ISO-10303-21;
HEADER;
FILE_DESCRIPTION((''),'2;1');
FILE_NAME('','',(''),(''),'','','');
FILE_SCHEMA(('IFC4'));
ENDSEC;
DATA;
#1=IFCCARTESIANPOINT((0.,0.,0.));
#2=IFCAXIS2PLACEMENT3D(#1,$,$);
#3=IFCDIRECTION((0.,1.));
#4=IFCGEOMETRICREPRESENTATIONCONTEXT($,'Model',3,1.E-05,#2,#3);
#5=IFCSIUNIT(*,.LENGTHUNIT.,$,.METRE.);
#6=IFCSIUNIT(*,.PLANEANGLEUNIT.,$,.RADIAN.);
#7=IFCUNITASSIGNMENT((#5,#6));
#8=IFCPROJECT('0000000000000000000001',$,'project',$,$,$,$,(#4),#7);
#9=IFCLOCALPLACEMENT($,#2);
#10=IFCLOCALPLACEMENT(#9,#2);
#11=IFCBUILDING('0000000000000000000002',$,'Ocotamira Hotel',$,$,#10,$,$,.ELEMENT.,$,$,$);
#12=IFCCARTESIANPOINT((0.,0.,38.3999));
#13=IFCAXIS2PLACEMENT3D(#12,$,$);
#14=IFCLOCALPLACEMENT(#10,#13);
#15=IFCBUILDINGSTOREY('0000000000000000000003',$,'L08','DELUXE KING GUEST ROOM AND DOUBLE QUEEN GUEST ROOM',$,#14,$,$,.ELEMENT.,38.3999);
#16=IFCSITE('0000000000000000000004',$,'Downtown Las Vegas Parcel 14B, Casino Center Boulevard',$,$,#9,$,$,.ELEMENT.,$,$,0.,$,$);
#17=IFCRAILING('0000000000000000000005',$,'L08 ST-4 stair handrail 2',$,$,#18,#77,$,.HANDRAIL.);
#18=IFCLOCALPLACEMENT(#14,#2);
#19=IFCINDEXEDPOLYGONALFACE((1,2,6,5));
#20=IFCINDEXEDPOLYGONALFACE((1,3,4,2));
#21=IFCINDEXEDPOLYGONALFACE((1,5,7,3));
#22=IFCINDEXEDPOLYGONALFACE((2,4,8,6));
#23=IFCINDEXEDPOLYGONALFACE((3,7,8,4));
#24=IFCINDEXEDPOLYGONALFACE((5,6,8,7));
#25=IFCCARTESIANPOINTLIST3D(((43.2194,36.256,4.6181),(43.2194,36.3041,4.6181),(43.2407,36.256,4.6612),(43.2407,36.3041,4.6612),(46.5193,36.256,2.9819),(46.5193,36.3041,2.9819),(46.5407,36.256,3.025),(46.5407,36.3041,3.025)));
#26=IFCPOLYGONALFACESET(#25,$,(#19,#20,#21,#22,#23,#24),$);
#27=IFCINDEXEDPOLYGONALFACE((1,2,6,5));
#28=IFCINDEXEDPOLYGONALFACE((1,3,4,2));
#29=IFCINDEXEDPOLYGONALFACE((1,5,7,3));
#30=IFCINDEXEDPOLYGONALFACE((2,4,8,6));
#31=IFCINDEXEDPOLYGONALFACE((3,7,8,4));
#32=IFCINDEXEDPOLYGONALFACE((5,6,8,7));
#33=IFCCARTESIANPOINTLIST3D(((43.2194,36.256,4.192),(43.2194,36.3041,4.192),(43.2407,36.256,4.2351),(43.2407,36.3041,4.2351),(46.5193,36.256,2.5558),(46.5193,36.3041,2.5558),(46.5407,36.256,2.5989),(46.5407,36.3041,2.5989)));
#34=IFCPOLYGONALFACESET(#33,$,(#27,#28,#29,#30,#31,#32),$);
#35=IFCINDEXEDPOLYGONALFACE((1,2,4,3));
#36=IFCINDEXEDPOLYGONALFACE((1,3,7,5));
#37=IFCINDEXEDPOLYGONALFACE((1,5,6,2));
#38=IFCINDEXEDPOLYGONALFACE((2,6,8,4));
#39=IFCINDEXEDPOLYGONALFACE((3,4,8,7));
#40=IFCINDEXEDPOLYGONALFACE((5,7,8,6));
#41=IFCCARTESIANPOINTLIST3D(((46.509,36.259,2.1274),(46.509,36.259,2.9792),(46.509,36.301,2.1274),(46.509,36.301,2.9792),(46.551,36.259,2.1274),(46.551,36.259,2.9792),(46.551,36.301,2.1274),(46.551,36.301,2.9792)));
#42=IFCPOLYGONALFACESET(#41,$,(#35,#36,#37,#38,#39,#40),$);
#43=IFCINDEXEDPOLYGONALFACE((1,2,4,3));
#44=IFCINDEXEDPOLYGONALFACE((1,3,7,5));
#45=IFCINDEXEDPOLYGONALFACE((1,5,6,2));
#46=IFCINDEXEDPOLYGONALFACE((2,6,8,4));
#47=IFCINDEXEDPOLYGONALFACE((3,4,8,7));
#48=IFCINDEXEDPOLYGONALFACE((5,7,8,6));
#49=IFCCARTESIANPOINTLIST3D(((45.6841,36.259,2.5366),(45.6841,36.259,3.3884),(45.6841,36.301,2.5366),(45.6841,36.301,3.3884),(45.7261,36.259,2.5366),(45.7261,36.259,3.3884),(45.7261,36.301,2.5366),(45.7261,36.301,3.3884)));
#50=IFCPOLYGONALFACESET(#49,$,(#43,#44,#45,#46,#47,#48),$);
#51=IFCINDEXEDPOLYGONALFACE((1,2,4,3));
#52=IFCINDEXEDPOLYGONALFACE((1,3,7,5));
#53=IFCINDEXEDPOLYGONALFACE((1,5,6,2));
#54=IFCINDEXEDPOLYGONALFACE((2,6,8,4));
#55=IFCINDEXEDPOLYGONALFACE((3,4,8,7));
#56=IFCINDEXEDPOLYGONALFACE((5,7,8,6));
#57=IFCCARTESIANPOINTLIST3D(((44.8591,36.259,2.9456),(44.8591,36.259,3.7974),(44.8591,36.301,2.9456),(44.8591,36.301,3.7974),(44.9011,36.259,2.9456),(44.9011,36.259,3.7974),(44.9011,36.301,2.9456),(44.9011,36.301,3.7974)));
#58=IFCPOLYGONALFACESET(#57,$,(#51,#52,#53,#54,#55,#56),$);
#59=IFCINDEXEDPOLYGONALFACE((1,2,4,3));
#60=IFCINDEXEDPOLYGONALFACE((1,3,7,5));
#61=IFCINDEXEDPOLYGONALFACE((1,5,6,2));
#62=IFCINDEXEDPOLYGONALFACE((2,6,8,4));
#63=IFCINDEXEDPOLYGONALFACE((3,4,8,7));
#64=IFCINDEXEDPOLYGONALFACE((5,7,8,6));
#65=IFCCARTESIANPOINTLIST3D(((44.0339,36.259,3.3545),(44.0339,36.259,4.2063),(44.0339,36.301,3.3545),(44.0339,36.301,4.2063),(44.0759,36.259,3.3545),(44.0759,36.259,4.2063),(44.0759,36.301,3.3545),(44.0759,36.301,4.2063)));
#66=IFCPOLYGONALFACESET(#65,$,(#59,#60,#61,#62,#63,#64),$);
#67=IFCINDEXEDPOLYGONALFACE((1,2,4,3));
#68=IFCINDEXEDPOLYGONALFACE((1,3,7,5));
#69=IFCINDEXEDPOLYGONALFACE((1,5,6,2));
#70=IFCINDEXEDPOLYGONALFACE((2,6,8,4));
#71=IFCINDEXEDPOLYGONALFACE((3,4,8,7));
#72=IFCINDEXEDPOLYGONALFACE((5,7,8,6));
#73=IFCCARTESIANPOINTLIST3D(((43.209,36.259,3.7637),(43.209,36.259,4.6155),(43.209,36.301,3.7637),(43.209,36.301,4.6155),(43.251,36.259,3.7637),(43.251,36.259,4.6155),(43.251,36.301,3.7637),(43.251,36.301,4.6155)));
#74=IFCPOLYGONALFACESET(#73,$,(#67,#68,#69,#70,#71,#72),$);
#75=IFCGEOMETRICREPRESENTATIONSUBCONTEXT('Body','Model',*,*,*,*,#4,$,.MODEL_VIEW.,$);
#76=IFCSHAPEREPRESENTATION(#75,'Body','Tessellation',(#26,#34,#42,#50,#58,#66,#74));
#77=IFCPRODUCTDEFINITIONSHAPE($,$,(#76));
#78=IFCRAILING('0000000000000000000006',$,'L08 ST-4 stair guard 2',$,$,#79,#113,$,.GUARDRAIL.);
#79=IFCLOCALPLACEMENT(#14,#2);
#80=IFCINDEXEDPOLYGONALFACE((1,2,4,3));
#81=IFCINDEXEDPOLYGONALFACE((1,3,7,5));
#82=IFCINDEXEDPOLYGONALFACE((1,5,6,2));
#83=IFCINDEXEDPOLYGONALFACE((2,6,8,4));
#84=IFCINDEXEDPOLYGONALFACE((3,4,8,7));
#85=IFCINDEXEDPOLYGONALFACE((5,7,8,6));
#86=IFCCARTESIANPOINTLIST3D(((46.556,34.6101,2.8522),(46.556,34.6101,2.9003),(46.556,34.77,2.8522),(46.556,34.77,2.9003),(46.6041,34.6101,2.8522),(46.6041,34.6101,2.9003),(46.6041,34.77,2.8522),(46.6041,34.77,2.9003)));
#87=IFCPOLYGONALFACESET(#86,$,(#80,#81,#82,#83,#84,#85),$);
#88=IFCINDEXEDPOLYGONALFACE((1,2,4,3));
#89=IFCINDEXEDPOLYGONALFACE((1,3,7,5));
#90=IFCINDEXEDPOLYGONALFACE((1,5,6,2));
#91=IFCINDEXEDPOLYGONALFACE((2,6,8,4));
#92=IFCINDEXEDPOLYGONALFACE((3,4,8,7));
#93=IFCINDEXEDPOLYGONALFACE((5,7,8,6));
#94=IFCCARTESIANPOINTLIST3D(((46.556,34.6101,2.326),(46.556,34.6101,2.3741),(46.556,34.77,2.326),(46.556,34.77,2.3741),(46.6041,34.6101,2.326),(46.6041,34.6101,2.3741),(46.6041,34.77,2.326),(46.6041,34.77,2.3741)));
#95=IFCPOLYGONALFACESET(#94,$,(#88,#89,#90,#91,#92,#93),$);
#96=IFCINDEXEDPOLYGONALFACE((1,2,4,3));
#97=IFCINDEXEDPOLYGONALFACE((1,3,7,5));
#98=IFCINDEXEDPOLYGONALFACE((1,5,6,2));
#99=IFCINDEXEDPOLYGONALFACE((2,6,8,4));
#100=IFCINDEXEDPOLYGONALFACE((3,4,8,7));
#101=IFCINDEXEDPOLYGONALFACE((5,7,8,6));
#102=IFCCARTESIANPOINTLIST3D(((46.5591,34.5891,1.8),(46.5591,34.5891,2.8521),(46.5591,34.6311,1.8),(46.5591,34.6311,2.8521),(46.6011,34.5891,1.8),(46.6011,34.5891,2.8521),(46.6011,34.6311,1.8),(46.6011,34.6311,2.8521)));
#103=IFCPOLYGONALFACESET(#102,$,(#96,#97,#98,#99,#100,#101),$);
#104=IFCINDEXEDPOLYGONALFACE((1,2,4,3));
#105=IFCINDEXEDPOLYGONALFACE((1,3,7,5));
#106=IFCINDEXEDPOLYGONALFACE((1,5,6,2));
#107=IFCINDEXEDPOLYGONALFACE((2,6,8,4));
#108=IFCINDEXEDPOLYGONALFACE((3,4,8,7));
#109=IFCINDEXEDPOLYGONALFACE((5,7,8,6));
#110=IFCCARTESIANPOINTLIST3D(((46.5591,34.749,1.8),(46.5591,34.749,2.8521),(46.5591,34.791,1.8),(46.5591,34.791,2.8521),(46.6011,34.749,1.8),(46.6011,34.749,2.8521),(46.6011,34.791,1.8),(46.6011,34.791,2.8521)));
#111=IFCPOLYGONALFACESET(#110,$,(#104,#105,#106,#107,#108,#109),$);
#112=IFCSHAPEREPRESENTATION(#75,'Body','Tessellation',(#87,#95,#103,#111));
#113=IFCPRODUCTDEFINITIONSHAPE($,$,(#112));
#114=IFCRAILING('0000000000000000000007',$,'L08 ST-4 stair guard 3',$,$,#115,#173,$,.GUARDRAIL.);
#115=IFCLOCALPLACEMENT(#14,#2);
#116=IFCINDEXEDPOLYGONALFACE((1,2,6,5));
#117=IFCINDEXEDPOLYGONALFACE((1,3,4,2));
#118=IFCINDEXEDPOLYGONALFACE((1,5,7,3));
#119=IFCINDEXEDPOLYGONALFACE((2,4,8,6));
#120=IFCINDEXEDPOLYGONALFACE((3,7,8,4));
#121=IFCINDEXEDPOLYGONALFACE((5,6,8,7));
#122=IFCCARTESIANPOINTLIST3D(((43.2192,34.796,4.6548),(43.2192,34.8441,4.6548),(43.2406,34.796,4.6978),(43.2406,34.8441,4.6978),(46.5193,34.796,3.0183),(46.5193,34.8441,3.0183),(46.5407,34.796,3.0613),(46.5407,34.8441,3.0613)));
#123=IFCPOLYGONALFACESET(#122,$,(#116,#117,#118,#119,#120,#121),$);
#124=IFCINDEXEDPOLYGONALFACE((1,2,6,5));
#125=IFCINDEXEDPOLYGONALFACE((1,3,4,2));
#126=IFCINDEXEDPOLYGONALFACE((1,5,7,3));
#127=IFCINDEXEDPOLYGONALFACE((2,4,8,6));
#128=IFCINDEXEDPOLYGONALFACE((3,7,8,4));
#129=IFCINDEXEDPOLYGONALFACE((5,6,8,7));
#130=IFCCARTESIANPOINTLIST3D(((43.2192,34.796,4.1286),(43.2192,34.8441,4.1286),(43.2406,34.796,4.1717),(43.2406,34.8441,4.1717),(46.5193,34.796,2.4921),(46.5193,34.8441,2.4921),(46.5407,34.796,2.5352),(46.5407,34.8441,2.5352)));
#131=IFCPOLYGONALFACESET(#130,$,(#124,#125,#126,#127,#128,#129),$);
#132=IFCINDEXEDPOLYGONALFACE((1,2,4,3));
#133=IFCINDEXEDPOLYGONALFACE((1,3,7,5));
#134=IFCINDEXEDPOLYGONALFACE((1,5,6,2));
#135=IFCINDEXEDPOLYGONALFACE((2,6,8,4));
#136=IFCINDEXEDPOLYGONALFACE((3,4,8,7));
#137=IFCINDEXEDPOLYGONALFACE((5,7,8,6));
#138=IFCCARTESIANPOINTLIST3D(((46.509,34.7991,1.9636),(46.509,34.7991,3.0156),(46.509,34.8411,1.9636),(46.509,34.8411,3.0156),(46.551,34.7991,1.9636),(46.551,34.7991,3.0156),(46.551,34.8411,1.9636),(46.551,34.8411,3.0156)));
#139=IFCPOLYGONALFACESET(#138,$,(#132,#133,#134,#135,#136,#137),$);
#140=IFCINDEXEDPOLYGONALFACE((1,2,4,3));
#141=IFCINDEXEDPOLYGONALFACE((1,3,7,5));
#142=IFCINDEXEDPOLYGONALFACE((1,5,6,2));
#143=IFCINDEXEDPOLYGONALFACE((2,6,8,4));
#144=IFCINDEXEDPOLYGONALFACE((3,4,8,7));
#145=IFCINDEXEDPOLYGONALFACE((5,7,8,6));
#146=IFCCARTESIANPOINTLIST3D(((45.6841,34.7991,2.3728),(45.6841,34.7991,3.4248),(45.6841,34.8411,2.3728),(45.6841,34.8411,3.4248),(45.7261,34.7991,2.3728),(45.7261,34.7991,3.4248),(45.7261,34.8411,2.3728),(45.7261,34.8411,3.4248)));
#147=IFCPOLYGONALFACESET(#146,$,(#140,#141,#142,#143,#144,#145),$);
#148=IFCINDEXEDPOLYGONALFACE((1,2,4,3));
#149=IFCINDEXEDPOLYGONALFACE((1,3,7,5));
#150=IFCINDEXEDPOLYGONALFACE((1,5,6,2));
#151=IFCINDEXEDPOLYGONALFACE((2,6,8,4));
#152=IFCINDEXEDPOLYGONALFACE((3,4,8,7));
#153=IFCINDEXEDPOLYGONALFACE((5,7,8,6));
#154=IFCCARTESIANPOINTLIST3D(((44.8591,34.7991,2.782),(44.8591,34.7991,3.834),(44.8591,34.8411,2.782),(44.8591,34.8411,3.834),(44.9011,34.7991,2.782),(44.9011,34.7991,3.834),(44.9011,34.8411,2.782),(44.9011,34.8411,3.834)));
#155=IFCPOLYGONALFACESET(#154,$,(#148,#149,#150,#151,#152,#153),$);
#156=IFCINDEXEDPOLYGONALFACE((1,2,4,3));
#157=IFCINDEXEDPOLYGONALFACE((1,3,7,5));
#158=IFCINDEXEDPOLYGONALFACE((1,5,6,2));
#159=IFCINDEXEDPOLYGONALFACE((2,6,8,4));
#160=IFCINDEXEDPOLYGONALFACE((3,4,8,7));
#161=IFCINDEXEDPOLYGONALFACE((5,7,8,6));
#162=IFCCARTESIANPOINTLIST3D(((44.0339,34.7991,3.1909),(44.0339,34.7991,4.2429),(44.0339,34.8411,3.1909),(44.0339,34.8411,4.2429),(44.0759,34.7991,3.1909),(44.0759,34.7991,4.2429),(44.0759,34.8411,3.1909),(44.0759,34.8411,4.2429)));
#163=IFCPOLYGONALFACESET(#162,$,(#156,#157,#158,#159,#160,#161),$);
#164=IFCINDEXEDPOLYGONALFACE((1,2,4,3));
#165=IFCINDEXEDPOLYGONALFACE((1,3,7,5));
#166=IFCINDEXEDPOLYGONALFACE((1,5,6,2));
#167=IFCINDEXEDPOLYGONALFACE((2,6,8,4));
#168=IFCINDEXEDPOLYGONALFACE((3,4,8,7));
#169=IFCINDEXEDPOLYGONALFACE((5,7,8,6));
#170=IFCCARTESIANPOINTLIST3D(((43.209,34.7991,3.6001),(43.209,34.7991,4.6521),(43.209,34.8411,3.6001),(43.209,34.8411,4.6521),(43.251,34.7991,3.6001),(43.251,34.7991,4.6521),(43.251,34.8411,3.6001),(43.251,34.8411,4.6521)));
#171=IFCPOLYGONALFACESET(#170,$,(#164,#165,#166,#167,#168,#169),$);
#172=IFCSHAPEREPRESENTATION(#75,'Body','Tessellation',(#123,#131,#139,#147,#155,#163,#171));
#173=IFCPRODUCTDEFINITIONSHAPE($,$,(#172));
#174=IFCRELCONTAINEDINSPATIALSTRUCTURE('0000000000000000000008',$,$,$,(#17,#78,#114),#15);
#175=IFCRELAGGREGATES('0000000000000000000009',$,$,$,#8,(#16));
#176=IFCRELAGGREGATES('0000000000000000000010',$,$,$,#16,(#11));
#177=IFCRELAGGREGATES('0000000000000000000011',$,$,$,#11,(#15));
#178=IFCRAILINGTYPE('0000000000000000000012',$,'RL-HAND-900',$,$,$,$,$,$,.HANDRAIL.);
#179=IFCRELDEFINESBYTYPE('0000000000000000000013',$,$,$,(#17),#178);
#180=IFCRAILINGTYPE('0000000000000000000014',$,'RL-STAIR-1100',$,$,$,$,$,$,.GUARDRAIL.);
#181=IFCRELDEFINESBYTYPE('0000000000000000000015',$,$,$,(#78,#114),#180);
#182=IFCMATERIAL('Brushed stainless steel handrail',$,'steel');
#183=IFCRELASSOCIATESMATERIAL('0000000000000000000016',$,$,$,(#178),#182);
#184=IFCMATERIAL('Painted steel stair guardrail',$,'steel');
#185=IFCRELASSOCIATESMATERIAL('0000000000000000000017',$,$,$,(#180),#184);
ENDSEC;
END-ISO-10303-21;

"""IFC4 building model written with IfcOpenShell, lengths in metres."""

from ifc_helpers import new_model, si_unit, direction, frame, origin, origin_2d, place, context, subcontext, project, spatial, rectangle, extrude, material, type_object, element, save


model = new_model("IFC4")

# Units and contexts
model_context = context("Model", 3, precision=1e-05, world=origin(), true_north=direction((0.0, 1.0)))
body_context = subcontext(model_context, "Body", "Model", "MODEL_VIEW")
ifc_project = project(units=[si_unit("LENGTHUNIT", "METRE"), si_unit("PLANEANGLEUNIT", "RADIAN")], contexts=[model_context])

# Site, building, storey
site_placement = place(None, origin())
site = spatial("IfcSite", under=ifc_project, at=site_placement, Name="Downtown Las Vegas Parcel 14B, Casino Center Boulevard", CompositionType="ELEMENT", RefElevation=0.0)
building_placement = place(site_placement, origin())
building = spatial("IfcBuilding", under=site, at=building_placement, Name="Ocotamira Hotel", CompositionType="ELEMENT")
storey_placement = place(building_placement, frame((0.0, 0.0, 38.3999)))
storey = spatial("IfcBuildingStorey", under=building, at=storey_placement, Name="L08", Description="DELUXE KING GUEST ROOM AND DOUBLE QUEEN GUEST ROOM", CompositionType="ELEMENT", Elevation=38.3999)

# Railings
ifc_material_1 = material(Name="Brushed stainless steel handrail", Category="steel")
railing_type_1 = type_object("IfcRailingType", Name="RL-HAND-900", PredefinedType="HANDRAIL", material=ifc_material_1)
railing_1_placement = place(storey_placement, frame((46.53, 36.28, 2.1274)))
element("IfcRailing", 1, at=railing_1_placement, inside=storey, type_object=railing_type_1, Name="L08 ST-4 stair handrail 2", PredefinedType="HANDRAIL", context=body_context, shape_type="SweptSolid", body=[
    extrude(rectangle(XDim=0.0481, YDim=0.0481, at=origin_2d()), frame((0.0, 0.0, 0.876), z_axis=(-0.89592, 0.0, 0.444215), x_axis=(0.0, -1.0, 0.0)), (0.0, 0.0, 1.0), 3.6833),
    extrude(rectangle(XDim=0.0481, YDim=0.0481, at=origin_2d()), frame((0.0, 0.0, 0.45), z_axis=(-0.89592, 0.0, 0.444215), x_axis=(0.0, -1.0, 0.0)), (0.0, 0.0, 1.0), 3.6833),
    extrude(rectangle(XDim=0.042, YDim=0.042, at=origin_2d()), origin(), (0.0, 0.0, 1.0), 0.8518),
    extrude(rectangle(XDim=0.042, YDim=0.042, at=origin_2d()), frame((-0.825, 0.0, 0.4092)), (0.0, 0.0, 1.0), 0.8518),
    extrude(rectangle(XDim=0.042, YDim=0.042, at=origin_2d()), frame((-1.6499, 0.0, 0.8181)), (0.0, 0.0, 1.0), 0.8518),
    extrude(rectangle(XDim=0.042, YDim=0.042, at=origin_2d()), frame((-2.4751, 0.0, 1.2271)), (0.0, 0.0, 1.0), 0.8518),
    extrude(rectangle(XDim=0.042, YDim=0.042, at=origin_2d()), frame((-3.3, 0.0, 1.6362)), (0.0, 0.0, 1.0), 0.8518),
])
ifc_material_2 = material(Name="Painted steel stair guardrail", Category="steel")
railing_type_2 = type_object("IfcRailingType", Name="RL-STAIR-1100", PredefinedType="GUARDRAIL", material=ifc_material_2)
railing_2_placement = place(storey_placement, frame((46.5801, 34.6101, 1.8)))
element("IfcRailing", 2, at=railing_2_placement, inside=storey, type_object=railing_type_2, Name="L08 ST-4 stair guard 2", PredefinedType="GUARDRAIL", context=body_context, shape_type="SweptSolid", body=[
    extrude(rectangle(XDim=0.0481, YDim=0.0481, at=origin_2d()), frame((0.0, 0.0, 1.0762), z_axis=(0.0, 1.0, 0.0), x_axis=(-1.0, 0.0, 0.0)), (0.0, 0.0, 1.0), 0.1599),
    extrude(rectangle(XDim=0.0481, YDim=0.0481, at=origin_2d()), frame((0.0, 0.0, 0.55), z_axis=(0.0, 1.0, 0.0), x_axis=(-1.0, 0.0, 0.0)), (0.0, 0.0, 1.0), 0.1599),
    extrude(rectangle(XDim=0.042, YDim=0.042, at=origin_2d()), origin(), (0.0, 0.0, 1.0), 1.052),
    extrude(rectangle(XDim=0.042, YDim=0.042, at=origin_2d()), frame((0.0, 0.1599, 0.0)), (0.0, 0.0, 1.0), 1.052),
])
railing_3_placement = place(storey_placement, frame((46.53, 34.8201, 1.9636)))
element("IfcRailing", 3, at=railing_3_placement, inside=storey, type_object=railing_type_2, Name="L08 ST-4 stair guard 3", PredefinedType="GUARDRAIL", context=body_context, shape_type="SweptSolid", body=[
    extrude(rectangle(XDim=0.0481, YDim=0.0481, at=origin_2d()), frame((0.0, 0.0, 1.0762), z_axis=(-0.895894, 0.0, 0.444268), x_axis=(0.0, -1.0, 0.0)), (0.0, 0.0, 1.0), 3.6836),
    extrude(rectangle(XDim=0.0481, YDim=0.0481, at=origin_2d()), frame((0.0, 0.0, 0.55), z_axis=(-0.895894, 0.0, 0.444268), x_axis=(0.0, -1.0, 0.0)), (0.0, 0.0, 1.0), 3.6836),
    extrude(rectangle(XDim=0.042, YDim=0.042, at=origin_2d()), origin(), (0.0, 0.0, 1.0), 1.052),
    extrude(rectangle(XDim=0.042, YDim=0.042, at=origin_2d()), frame((-0.825, 0.0, 0.4092)), (0.0, 0.0, 1.0), 1.052),
    extrude(rectangle(XDim=0.042, YDim=0.042, at=origin_2d()), frame((-1.6499, 0.0, 0.8184)), (0.0, 0.0, 1.0), 1.052),
    extrude(rectangle(XDim=0.042, YDim=0.042, at=origin_2d()), frame((-2.4751, 0.0, 1.2273)), (0.0, 0.0, 1.0), 1.052),
    extrude(rectangle(XDim=0.042, YDim=0.042, at=origin_2d()), frame((-3.3, 0.0, 1.6365)), (0.0, 0.0, 1.0), 1.052),
])

save(model, "model.ifc")
